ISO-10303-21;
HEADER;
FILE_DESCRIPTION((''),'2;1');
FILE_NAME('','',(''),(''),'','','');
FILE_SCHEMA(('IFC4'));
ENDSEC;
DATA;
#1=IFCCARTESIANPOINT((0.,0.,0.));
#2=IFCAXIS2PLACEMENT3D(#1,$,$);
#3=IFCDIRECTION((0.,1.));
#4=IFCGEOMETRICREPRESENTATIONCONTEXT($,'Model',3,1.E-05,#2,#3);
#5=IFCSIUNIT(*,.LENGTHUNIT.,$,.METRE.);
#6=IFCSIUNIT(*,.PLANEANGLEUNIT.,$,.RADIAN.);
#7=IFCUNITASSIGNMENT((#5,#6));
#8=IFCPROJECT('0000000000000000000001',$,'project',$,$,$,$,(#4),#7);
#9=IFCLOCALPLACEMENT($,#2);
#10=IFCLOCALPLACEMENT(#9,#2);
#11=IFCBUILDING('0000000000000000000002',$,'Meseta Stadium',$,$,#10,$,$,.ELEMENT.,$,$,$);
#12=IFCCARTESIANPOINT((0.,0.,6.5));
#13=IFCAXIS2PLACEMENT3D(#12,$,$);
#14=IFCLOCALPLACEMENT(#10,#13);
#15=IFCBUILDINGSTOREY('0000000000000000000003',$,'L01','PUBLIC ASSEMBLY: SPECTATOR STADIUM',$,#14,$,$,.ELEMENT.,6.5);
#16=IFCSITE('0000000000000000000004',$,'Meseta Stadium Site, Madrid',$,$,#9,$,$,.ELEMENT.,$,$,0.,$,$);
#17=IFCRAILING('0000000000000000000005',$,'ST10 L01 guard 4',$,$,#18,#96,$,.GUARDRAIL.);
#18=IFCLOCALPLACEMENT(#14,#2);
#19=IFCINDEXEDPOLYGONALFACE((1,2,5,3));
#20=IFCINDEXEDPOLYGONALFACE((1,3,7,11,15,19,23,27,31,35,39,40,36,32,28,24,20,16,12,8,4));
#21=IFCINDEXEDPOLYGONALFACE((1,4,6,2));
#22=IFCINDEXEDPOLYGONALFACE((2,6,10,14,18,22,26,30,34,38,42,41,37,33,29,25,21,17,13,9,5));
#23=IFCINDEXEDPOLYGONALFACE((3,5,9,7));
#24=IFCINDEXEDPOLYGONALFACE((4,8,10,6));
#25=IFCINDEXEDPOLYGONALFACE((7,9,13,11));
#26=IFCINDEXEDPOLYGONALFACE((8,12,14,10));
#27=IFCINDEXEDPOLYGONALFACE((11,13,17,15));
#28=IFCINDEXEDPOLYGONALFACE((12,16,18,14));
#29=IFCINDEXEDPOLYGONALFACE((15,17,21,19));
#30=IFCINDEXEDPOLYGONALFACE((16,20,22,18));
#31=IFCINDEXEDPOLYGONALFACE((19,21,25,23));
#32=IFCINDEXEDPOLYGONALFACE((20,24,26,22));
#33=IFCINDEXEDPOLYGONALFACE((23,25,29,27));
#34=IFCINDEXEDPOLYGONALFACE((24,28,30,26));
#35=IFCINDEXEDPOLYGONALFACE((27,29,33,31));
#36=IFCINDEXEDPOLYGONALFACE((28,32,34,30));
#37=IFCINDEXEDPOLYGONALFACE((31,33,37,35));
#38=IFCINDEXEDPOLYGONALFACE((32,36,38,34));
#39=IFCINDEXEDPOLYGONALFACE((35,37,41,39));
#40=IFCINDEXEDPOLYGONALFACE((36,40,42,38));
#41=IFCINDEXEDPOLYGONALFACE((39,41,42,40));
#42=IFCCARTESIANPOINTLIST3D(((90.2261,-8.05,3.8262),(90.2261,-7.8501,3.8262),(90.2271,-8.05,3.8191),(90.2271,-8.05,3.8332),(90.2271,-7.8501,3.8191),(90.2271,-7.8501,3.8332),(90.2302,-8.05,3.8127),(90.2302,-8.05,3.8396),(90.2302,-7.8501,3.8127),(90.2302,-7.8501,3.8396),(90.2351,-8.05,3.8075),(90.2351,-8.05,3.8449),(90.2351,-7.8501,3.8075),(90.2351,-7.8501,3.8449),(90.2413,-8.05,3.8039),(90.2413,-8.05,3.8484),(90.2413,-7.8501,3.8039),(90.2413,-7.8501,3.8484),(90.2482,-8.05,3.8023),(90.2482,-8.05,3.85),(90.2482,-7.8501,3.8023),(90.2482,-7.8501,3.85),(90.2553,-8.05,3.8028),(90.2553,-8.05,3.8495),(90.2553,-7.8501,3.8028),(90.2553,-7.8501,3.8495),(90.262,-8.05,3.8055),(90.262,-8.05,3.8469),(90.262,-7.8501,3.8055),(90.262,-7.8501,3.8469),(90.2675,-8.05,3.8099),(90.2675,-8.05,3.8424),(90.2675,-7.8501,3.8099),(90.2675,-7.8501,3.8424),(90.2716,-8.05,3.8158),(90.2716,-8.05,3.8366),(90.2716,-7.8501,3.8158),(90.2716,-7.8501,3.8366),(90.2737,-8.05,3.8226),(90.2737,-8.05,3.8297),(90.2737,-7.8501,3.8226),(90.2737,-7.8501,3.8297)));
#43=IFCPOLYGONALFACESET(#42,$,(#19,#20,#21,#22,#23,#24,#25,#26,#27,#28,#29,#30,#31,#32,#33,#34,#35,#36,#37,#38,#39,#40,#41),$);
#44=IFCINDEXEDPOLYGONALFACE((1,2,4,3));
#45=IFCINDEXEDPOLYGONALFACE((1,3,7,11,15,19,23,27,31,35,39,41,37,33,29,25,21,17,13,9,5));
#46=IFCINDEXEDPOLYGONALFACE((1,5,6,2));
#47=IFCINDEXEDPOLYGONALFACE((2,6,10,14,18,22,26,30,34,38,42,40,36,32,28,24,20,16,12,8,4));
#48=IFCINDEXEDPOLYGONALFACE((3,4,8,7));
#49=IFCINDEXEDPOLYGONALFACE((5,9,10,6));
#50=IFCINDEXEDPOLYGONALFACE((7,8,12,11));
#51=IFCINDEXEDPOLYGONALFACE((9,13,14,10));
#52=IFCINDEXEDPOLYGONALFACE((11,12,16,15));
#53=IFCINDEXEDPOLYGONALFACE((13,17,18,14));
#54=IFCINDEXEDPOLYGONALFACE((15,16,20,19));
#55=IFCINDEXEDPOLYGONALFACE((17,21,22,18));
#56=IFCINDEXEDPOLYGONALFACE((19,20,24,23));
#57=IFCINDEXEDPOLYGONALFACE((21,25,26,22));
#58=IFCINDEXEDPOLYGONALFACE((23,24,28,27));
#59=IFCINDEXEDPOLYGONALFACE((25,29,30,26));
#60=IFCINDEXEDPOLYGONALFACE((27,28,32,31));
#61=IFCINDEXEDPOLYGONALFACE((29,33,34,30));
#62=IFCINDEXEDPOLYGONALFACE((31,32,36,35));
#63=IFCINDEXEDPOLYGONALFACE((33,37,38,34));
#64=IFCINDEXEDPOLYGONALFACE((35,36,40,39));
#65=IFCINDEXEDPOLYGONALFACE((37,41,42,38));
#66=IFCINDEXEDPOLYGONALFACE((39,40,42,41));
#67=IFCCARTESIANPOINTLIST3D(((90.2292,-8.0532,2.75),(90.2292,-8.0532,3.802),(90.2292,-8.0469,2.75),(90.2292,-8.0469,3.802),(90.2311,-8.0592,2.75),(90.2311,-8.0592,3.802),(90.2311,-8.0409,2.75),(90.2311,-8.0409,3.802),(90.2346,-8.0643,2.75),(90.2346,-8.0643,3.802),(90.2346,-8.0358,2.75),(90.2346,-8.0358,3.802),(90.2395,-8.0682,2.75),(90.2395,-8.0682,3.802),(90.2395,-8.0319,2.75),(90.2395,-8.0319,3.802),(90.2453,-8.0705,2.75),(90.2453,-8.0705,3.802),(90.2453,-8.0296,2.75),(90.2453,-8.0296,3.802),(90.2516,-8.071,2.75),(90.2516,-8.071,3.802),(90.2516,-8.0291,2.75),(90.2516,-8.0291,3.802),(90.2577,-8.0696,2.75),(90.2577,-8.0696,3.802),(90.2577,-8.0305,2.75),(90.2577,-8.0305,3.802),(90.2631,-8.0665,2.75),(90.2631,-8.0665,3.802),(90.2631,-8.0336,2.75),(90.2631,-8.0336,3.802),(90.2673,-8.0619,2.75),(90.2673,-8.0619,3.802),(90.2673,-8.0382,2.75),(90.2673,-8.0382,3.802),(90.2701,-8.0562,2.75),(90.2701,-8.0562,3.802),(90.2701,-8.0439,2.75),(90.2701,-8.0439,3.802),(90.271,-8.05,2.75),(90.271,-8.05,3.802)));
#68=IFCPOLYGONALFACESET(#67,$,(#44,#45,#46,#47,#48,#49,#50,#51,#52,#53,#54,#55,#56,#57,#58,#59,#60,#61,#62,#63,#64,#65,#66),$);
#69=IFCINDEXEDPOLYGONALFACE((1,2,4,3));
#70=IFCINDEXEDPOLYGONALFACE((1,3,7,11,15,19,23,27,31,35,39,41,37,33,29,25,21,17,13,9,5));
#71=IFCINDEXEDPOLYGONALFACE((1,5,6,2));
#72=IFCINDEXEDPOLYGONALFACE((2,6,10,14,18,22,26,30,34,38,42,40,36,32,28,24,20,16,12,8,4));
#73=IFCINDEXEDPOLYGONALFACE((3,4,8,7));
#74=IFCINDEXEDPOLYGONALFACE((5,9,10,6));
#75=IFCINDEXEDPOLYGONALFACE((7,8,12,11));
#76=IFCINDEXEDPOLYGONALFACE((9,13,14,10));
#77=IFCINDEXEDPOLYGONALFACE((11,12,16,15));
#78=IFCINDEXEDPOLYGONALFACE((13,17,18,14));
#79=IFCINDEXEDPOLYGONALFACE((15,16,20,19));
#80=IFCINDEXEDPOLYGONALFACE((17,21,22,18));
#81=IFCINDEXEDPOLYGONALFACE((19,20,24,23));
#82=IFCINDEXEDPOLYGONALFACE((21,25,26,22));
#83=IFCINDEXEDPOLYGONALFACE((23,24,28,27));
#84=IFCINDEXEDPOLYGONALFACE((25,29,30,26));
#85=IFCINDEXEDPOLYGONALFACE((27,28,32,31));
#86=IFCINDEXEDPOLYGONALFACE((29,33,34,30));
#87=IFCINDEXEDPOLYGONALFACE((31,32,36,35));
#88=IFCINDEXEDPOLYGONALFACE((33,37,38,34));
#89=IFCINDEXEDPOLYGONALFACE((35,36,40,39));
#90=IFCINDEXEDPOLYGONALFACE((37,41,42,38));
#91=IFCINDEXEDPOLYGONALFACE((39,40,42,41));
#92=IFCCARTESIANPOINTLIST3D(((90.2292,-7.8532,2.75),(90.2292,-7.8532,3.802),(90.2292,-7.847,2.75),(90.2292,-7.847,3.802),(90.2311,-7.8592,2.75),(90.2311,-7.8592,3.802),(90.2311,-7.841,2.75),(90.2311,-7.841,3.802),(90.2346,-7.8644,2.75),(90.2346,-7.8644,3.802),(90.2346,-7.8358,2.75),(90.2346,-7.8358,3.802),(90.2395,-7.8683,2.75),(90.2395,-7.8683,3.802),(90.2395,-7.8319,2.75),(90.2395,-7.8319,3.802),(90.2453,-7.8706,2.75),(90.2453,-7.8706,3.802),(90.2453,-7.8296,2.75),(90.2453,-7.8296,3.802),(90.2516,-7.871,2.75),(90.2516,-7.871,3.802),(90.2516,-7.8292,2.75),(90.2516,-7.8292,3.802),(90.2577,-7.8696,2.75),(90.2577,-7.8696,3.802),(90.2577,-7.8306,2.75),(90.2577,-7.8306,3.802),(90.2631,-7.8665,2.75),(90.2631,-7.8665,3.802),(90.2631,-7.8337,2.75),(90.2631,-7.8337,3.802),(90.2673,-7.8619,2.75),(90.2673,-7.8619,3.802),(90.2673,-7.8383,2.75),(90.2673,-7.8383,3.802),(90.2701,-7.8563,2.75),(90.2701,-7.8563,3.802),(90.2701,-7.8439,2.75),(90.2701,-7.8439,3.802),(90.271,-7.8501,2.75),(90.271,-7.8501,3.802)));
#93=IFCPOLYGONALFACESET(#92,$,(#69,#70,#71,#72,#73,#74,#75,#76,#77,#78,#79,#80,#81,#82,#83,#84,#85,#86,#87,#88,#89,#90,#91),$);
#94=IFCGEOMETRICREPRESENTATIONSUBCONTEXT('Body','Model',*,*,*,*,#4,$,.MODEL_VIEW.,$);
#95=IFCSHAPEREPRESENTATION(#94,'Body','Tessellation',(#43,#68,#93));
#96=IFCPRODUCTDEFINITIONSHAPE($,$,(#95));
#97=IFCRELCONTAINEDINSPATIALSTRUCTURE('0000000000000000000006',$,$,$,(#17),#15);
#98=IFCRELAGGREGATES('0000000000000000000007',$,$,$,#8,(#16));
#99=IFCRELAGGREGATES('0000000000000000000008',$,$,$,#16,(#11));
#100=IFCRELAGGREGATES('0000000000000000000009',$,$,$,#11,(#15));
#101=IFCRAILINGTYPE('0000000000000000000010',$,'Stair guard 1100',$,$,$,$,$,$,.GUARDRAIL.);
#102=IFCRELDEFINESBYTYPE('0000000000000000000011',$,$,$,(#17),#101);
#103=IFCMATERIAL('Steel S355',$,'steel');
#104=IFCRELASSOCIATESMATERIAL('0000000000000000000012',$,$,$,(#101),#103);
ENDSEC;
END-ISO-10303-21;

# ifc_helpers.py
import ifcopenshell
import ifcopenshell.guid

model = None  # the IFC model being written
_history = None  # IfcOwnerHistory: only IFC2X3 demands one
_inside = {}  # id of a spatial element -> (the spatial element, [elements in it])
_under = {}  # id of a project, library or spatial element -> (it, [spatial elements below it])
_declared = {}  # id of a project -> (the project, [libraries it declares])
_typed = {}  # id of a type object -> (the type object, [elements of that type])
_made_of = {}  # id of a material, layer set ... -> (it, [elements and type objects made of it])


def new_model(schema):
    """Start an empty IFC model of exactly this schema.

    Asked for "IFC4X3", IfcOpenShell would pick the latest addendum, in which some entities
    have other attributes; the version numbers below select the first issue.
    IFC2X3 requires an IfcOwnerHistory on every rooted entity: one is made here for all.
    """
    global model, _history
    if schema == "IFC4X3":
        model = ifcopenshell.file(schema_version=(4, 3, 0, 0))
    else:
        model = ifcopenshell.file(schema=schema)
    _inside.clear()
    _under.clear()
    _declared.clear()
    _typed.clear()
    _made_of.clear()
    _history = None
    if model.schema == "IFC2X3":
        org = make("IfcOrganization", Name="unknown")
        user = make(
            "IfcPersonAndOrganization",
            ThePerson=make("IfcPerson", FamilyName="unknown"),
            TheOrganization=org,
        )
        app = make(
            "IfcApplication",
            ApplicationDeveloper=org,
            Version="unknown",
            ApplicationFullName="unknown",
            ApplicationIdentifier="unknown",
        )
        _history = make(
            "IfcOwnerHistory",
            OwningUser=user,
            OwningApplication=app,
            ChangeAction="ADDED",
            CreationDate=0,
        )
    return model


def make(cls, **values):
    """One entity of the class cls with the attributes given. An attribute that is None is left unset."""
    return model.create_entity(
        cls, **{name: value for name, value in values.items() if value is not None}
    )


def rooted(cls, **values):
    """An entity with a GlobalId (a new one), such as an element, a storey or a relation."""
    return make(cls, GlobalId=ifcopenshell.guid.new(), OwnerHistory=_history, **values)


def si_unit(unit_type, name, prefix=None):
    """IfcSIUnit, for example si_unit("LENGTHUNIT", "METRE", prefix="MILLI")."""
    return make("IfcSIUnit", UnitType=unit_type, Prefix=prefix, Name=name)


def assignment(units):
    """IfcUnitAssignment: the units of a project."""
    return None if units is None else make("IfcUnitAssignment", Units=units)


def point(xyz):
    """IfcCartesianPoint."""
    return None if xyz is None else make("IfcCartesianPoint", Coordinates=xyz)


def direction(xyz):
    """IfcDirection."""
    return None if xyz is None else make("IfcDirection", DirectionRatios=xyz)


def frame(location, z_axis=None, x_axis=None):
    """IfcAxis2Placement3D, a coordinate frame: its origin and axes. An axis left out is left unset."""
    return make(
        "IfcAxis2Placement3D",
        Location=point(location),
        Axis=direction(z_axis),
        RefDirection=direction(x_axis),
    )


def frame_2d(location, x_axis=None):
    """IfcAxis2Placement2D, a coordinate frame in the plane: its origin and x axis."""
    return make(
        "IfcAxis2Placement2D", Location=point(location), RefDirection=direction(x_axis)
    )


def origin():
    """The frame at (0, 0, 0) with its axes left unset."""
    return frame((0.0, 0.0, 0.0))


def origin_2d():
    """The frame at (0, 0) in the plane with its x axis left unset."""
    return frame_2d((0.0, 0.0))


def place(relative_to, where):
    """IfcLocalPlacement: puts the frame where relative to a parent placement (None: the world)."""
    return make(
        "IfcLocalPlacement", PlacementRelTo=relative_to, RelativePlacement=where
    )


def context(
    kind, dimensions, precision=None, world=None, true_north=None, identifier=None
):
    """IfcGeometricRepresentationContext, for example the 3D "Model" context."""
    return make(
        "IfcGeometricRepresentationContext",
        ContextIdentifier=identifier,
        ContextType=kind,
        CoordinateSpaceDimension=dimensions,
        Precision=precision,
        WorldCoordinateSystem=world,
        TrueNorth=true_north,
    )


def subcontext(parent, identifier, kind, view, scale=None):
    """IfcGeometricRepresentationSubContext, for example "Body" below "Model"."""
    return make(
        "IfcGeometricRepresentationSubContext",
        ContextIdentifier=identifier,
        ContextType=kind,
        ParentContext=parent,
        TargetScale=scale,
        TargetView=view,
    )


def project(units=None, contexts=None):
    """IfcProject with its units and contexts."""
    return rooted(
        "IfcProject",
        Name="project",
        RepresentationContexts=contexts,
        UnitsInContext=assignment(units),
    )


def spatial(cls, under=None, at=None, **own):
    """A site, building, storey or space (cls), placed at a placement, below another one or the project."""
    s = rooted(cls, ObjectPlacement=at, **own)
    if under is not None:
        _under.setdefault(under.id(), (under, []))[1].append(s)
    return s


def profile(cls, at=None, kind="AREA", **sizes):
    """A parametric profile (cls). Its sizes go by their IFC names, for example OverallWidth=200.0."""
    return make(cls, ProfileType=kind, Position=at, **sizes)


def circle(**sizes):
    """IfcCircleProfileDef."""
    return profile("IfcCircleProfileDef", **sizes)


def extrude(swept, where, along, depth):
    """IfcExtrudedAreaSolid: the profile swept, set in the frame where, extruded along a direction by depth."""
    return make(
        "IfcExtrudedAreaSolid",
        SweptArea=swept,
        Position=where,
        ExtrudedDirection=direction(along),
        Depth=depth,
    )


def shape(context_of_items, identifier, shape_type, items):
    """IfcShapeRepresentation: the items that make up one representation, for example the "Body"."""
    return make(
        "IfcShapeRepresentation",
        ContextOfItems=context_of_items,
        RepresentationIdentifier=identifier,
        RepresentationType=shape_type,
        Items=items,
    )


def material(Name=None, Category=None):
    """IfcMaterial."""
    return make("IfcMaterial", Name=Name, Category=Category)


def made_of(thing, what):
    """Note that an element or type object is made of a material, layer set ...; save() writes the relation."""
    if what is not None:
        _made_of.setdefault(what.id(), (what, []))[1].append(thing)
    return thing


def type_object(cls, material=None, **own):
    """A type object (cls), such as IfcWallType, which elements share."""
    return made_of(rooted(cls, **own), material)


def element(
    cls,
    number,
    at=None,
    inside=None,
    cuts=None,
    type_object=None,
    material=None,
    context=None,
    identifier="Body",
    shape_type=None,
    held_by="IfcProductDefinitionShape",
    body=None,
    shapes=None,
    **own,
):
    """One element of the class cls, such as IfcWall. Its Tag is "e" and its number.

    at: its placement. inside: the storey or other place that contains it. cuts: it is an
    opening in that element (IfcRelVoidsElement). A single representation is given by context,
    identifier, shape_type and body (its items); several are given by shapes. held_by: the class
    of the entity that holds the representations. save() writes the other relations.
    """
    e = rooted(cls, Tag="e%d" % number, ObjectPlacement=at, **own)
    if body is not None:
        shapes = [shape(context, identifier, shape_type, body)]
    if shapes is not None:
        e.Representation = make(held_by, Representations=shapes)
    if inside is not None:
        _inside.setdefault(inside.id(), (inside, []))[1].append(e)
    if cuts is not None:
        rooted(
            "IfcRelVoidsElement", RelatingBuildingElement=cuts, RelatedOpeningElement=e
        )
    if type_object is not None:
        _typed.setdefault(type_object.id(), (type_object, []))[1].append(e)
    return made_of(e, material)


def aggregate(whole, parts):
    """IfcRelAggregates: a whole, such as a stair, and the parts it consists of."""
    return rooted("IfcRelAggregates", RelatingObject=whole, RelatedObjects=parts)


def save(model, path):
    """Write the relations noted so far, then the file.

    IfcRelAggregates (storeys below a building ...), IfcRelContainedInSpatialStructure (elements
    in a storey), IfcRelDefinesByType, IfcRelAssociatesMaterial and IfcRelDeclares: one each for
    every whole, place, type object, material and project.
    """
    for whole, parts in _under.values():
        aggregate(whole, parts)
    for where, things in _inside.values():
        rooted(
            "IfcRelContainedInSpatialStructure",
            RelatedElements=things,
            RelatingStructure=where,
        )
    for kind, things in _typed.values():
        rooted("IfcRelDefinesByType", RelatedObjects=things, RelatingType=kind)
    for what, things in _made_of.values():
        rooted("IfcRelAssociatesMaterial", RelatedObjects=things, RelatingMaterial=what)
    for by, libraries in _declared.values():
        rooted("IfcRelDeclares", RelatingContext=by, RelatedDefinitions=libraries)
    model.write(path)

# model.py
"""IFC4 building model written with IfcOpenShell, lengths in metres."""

from ifc_helpers import new_model, si_unit, direction, frame, origin, origin_2d, place, context, subcontext, project, spatial, circle, extrude, material, type_object, element, save


model = new_model("IFC4")

# Units and contexts
model_context = context("Model", 3, precision=1e-05, world=origin(), true_north=direction((0.0, 1.0)))
body_context = subcontext(model_context, "Body", "Model", "MODEL_VIEW")
ifc_project = project(units=[si_unit("LENGTHUNIT", "METRE"), si_unit("PLANEANGLEUNIT", "RADIAN")], contexts=[model_context])

# Site, building, storey
site_placement = place(None, origin())
site = spatial("IfcSite", under=ifc_project, at=site_placement, Name="Meseta Stadium Site, Madrid", CompositionType="ELEMENT", RefElevation=0.0)
building_placement = place(site_placement, origin())
building = spatial("IfcBuilding", under=site, at=building_placement, Name="Meseta Stadium", CompositionType="ELEMENT")
storey_placement = place(building_placement, frame((0.0, 0.0, 6.5)))
storey = spatial("IfcBuildingStorey", under=building, at=storey_placement, Name="L01", Description="PUBLIC ASSEMBLY: SPECTATOR STADIUM", CompositionType="ELEMENT", Elevation=6.5)

# Railing
ifc_material_1 = material(Name="Steel S355", Category="steel")
railing_type_1 = type_object("IfcRailingType", Name="Stair guard 1100", PredefinedType="GUARDRAIL", material=ifc_material_1)
railing_1_placement = place(storey_placement, frame((90.25, -8.05, 2.75)))
element("IfcRailing", 1, at=railing_1_placement, inside=storey, type_object=railing_type_1, Name="ST10 L01 guard 4", PredefinedType="GUARDRAIL", context=body_context, shape_type="SweptSolid", body=[
    extrude(circle(Radius=0.0239, at=origin_2d()), frame((0.0, 0.0, 1.0762), z_axis=(0.0, 1.0, 0.0), x_axis=(-1.0, 0.0, 0.0)), (0.0, 0.0, 1.0), 0.2),
    extrude(circle(Radius=0.021, at=origin_2d()), origin(), (0.0, 0.0, 1.0), 1.052),
    extrude(circle(Radius=0.021, at=origin_2d()), frame((0.0, 0.2, 0.0)), (0.0, 0.0, 1.0), 1.052),
])

save(model, "model.ifc")
